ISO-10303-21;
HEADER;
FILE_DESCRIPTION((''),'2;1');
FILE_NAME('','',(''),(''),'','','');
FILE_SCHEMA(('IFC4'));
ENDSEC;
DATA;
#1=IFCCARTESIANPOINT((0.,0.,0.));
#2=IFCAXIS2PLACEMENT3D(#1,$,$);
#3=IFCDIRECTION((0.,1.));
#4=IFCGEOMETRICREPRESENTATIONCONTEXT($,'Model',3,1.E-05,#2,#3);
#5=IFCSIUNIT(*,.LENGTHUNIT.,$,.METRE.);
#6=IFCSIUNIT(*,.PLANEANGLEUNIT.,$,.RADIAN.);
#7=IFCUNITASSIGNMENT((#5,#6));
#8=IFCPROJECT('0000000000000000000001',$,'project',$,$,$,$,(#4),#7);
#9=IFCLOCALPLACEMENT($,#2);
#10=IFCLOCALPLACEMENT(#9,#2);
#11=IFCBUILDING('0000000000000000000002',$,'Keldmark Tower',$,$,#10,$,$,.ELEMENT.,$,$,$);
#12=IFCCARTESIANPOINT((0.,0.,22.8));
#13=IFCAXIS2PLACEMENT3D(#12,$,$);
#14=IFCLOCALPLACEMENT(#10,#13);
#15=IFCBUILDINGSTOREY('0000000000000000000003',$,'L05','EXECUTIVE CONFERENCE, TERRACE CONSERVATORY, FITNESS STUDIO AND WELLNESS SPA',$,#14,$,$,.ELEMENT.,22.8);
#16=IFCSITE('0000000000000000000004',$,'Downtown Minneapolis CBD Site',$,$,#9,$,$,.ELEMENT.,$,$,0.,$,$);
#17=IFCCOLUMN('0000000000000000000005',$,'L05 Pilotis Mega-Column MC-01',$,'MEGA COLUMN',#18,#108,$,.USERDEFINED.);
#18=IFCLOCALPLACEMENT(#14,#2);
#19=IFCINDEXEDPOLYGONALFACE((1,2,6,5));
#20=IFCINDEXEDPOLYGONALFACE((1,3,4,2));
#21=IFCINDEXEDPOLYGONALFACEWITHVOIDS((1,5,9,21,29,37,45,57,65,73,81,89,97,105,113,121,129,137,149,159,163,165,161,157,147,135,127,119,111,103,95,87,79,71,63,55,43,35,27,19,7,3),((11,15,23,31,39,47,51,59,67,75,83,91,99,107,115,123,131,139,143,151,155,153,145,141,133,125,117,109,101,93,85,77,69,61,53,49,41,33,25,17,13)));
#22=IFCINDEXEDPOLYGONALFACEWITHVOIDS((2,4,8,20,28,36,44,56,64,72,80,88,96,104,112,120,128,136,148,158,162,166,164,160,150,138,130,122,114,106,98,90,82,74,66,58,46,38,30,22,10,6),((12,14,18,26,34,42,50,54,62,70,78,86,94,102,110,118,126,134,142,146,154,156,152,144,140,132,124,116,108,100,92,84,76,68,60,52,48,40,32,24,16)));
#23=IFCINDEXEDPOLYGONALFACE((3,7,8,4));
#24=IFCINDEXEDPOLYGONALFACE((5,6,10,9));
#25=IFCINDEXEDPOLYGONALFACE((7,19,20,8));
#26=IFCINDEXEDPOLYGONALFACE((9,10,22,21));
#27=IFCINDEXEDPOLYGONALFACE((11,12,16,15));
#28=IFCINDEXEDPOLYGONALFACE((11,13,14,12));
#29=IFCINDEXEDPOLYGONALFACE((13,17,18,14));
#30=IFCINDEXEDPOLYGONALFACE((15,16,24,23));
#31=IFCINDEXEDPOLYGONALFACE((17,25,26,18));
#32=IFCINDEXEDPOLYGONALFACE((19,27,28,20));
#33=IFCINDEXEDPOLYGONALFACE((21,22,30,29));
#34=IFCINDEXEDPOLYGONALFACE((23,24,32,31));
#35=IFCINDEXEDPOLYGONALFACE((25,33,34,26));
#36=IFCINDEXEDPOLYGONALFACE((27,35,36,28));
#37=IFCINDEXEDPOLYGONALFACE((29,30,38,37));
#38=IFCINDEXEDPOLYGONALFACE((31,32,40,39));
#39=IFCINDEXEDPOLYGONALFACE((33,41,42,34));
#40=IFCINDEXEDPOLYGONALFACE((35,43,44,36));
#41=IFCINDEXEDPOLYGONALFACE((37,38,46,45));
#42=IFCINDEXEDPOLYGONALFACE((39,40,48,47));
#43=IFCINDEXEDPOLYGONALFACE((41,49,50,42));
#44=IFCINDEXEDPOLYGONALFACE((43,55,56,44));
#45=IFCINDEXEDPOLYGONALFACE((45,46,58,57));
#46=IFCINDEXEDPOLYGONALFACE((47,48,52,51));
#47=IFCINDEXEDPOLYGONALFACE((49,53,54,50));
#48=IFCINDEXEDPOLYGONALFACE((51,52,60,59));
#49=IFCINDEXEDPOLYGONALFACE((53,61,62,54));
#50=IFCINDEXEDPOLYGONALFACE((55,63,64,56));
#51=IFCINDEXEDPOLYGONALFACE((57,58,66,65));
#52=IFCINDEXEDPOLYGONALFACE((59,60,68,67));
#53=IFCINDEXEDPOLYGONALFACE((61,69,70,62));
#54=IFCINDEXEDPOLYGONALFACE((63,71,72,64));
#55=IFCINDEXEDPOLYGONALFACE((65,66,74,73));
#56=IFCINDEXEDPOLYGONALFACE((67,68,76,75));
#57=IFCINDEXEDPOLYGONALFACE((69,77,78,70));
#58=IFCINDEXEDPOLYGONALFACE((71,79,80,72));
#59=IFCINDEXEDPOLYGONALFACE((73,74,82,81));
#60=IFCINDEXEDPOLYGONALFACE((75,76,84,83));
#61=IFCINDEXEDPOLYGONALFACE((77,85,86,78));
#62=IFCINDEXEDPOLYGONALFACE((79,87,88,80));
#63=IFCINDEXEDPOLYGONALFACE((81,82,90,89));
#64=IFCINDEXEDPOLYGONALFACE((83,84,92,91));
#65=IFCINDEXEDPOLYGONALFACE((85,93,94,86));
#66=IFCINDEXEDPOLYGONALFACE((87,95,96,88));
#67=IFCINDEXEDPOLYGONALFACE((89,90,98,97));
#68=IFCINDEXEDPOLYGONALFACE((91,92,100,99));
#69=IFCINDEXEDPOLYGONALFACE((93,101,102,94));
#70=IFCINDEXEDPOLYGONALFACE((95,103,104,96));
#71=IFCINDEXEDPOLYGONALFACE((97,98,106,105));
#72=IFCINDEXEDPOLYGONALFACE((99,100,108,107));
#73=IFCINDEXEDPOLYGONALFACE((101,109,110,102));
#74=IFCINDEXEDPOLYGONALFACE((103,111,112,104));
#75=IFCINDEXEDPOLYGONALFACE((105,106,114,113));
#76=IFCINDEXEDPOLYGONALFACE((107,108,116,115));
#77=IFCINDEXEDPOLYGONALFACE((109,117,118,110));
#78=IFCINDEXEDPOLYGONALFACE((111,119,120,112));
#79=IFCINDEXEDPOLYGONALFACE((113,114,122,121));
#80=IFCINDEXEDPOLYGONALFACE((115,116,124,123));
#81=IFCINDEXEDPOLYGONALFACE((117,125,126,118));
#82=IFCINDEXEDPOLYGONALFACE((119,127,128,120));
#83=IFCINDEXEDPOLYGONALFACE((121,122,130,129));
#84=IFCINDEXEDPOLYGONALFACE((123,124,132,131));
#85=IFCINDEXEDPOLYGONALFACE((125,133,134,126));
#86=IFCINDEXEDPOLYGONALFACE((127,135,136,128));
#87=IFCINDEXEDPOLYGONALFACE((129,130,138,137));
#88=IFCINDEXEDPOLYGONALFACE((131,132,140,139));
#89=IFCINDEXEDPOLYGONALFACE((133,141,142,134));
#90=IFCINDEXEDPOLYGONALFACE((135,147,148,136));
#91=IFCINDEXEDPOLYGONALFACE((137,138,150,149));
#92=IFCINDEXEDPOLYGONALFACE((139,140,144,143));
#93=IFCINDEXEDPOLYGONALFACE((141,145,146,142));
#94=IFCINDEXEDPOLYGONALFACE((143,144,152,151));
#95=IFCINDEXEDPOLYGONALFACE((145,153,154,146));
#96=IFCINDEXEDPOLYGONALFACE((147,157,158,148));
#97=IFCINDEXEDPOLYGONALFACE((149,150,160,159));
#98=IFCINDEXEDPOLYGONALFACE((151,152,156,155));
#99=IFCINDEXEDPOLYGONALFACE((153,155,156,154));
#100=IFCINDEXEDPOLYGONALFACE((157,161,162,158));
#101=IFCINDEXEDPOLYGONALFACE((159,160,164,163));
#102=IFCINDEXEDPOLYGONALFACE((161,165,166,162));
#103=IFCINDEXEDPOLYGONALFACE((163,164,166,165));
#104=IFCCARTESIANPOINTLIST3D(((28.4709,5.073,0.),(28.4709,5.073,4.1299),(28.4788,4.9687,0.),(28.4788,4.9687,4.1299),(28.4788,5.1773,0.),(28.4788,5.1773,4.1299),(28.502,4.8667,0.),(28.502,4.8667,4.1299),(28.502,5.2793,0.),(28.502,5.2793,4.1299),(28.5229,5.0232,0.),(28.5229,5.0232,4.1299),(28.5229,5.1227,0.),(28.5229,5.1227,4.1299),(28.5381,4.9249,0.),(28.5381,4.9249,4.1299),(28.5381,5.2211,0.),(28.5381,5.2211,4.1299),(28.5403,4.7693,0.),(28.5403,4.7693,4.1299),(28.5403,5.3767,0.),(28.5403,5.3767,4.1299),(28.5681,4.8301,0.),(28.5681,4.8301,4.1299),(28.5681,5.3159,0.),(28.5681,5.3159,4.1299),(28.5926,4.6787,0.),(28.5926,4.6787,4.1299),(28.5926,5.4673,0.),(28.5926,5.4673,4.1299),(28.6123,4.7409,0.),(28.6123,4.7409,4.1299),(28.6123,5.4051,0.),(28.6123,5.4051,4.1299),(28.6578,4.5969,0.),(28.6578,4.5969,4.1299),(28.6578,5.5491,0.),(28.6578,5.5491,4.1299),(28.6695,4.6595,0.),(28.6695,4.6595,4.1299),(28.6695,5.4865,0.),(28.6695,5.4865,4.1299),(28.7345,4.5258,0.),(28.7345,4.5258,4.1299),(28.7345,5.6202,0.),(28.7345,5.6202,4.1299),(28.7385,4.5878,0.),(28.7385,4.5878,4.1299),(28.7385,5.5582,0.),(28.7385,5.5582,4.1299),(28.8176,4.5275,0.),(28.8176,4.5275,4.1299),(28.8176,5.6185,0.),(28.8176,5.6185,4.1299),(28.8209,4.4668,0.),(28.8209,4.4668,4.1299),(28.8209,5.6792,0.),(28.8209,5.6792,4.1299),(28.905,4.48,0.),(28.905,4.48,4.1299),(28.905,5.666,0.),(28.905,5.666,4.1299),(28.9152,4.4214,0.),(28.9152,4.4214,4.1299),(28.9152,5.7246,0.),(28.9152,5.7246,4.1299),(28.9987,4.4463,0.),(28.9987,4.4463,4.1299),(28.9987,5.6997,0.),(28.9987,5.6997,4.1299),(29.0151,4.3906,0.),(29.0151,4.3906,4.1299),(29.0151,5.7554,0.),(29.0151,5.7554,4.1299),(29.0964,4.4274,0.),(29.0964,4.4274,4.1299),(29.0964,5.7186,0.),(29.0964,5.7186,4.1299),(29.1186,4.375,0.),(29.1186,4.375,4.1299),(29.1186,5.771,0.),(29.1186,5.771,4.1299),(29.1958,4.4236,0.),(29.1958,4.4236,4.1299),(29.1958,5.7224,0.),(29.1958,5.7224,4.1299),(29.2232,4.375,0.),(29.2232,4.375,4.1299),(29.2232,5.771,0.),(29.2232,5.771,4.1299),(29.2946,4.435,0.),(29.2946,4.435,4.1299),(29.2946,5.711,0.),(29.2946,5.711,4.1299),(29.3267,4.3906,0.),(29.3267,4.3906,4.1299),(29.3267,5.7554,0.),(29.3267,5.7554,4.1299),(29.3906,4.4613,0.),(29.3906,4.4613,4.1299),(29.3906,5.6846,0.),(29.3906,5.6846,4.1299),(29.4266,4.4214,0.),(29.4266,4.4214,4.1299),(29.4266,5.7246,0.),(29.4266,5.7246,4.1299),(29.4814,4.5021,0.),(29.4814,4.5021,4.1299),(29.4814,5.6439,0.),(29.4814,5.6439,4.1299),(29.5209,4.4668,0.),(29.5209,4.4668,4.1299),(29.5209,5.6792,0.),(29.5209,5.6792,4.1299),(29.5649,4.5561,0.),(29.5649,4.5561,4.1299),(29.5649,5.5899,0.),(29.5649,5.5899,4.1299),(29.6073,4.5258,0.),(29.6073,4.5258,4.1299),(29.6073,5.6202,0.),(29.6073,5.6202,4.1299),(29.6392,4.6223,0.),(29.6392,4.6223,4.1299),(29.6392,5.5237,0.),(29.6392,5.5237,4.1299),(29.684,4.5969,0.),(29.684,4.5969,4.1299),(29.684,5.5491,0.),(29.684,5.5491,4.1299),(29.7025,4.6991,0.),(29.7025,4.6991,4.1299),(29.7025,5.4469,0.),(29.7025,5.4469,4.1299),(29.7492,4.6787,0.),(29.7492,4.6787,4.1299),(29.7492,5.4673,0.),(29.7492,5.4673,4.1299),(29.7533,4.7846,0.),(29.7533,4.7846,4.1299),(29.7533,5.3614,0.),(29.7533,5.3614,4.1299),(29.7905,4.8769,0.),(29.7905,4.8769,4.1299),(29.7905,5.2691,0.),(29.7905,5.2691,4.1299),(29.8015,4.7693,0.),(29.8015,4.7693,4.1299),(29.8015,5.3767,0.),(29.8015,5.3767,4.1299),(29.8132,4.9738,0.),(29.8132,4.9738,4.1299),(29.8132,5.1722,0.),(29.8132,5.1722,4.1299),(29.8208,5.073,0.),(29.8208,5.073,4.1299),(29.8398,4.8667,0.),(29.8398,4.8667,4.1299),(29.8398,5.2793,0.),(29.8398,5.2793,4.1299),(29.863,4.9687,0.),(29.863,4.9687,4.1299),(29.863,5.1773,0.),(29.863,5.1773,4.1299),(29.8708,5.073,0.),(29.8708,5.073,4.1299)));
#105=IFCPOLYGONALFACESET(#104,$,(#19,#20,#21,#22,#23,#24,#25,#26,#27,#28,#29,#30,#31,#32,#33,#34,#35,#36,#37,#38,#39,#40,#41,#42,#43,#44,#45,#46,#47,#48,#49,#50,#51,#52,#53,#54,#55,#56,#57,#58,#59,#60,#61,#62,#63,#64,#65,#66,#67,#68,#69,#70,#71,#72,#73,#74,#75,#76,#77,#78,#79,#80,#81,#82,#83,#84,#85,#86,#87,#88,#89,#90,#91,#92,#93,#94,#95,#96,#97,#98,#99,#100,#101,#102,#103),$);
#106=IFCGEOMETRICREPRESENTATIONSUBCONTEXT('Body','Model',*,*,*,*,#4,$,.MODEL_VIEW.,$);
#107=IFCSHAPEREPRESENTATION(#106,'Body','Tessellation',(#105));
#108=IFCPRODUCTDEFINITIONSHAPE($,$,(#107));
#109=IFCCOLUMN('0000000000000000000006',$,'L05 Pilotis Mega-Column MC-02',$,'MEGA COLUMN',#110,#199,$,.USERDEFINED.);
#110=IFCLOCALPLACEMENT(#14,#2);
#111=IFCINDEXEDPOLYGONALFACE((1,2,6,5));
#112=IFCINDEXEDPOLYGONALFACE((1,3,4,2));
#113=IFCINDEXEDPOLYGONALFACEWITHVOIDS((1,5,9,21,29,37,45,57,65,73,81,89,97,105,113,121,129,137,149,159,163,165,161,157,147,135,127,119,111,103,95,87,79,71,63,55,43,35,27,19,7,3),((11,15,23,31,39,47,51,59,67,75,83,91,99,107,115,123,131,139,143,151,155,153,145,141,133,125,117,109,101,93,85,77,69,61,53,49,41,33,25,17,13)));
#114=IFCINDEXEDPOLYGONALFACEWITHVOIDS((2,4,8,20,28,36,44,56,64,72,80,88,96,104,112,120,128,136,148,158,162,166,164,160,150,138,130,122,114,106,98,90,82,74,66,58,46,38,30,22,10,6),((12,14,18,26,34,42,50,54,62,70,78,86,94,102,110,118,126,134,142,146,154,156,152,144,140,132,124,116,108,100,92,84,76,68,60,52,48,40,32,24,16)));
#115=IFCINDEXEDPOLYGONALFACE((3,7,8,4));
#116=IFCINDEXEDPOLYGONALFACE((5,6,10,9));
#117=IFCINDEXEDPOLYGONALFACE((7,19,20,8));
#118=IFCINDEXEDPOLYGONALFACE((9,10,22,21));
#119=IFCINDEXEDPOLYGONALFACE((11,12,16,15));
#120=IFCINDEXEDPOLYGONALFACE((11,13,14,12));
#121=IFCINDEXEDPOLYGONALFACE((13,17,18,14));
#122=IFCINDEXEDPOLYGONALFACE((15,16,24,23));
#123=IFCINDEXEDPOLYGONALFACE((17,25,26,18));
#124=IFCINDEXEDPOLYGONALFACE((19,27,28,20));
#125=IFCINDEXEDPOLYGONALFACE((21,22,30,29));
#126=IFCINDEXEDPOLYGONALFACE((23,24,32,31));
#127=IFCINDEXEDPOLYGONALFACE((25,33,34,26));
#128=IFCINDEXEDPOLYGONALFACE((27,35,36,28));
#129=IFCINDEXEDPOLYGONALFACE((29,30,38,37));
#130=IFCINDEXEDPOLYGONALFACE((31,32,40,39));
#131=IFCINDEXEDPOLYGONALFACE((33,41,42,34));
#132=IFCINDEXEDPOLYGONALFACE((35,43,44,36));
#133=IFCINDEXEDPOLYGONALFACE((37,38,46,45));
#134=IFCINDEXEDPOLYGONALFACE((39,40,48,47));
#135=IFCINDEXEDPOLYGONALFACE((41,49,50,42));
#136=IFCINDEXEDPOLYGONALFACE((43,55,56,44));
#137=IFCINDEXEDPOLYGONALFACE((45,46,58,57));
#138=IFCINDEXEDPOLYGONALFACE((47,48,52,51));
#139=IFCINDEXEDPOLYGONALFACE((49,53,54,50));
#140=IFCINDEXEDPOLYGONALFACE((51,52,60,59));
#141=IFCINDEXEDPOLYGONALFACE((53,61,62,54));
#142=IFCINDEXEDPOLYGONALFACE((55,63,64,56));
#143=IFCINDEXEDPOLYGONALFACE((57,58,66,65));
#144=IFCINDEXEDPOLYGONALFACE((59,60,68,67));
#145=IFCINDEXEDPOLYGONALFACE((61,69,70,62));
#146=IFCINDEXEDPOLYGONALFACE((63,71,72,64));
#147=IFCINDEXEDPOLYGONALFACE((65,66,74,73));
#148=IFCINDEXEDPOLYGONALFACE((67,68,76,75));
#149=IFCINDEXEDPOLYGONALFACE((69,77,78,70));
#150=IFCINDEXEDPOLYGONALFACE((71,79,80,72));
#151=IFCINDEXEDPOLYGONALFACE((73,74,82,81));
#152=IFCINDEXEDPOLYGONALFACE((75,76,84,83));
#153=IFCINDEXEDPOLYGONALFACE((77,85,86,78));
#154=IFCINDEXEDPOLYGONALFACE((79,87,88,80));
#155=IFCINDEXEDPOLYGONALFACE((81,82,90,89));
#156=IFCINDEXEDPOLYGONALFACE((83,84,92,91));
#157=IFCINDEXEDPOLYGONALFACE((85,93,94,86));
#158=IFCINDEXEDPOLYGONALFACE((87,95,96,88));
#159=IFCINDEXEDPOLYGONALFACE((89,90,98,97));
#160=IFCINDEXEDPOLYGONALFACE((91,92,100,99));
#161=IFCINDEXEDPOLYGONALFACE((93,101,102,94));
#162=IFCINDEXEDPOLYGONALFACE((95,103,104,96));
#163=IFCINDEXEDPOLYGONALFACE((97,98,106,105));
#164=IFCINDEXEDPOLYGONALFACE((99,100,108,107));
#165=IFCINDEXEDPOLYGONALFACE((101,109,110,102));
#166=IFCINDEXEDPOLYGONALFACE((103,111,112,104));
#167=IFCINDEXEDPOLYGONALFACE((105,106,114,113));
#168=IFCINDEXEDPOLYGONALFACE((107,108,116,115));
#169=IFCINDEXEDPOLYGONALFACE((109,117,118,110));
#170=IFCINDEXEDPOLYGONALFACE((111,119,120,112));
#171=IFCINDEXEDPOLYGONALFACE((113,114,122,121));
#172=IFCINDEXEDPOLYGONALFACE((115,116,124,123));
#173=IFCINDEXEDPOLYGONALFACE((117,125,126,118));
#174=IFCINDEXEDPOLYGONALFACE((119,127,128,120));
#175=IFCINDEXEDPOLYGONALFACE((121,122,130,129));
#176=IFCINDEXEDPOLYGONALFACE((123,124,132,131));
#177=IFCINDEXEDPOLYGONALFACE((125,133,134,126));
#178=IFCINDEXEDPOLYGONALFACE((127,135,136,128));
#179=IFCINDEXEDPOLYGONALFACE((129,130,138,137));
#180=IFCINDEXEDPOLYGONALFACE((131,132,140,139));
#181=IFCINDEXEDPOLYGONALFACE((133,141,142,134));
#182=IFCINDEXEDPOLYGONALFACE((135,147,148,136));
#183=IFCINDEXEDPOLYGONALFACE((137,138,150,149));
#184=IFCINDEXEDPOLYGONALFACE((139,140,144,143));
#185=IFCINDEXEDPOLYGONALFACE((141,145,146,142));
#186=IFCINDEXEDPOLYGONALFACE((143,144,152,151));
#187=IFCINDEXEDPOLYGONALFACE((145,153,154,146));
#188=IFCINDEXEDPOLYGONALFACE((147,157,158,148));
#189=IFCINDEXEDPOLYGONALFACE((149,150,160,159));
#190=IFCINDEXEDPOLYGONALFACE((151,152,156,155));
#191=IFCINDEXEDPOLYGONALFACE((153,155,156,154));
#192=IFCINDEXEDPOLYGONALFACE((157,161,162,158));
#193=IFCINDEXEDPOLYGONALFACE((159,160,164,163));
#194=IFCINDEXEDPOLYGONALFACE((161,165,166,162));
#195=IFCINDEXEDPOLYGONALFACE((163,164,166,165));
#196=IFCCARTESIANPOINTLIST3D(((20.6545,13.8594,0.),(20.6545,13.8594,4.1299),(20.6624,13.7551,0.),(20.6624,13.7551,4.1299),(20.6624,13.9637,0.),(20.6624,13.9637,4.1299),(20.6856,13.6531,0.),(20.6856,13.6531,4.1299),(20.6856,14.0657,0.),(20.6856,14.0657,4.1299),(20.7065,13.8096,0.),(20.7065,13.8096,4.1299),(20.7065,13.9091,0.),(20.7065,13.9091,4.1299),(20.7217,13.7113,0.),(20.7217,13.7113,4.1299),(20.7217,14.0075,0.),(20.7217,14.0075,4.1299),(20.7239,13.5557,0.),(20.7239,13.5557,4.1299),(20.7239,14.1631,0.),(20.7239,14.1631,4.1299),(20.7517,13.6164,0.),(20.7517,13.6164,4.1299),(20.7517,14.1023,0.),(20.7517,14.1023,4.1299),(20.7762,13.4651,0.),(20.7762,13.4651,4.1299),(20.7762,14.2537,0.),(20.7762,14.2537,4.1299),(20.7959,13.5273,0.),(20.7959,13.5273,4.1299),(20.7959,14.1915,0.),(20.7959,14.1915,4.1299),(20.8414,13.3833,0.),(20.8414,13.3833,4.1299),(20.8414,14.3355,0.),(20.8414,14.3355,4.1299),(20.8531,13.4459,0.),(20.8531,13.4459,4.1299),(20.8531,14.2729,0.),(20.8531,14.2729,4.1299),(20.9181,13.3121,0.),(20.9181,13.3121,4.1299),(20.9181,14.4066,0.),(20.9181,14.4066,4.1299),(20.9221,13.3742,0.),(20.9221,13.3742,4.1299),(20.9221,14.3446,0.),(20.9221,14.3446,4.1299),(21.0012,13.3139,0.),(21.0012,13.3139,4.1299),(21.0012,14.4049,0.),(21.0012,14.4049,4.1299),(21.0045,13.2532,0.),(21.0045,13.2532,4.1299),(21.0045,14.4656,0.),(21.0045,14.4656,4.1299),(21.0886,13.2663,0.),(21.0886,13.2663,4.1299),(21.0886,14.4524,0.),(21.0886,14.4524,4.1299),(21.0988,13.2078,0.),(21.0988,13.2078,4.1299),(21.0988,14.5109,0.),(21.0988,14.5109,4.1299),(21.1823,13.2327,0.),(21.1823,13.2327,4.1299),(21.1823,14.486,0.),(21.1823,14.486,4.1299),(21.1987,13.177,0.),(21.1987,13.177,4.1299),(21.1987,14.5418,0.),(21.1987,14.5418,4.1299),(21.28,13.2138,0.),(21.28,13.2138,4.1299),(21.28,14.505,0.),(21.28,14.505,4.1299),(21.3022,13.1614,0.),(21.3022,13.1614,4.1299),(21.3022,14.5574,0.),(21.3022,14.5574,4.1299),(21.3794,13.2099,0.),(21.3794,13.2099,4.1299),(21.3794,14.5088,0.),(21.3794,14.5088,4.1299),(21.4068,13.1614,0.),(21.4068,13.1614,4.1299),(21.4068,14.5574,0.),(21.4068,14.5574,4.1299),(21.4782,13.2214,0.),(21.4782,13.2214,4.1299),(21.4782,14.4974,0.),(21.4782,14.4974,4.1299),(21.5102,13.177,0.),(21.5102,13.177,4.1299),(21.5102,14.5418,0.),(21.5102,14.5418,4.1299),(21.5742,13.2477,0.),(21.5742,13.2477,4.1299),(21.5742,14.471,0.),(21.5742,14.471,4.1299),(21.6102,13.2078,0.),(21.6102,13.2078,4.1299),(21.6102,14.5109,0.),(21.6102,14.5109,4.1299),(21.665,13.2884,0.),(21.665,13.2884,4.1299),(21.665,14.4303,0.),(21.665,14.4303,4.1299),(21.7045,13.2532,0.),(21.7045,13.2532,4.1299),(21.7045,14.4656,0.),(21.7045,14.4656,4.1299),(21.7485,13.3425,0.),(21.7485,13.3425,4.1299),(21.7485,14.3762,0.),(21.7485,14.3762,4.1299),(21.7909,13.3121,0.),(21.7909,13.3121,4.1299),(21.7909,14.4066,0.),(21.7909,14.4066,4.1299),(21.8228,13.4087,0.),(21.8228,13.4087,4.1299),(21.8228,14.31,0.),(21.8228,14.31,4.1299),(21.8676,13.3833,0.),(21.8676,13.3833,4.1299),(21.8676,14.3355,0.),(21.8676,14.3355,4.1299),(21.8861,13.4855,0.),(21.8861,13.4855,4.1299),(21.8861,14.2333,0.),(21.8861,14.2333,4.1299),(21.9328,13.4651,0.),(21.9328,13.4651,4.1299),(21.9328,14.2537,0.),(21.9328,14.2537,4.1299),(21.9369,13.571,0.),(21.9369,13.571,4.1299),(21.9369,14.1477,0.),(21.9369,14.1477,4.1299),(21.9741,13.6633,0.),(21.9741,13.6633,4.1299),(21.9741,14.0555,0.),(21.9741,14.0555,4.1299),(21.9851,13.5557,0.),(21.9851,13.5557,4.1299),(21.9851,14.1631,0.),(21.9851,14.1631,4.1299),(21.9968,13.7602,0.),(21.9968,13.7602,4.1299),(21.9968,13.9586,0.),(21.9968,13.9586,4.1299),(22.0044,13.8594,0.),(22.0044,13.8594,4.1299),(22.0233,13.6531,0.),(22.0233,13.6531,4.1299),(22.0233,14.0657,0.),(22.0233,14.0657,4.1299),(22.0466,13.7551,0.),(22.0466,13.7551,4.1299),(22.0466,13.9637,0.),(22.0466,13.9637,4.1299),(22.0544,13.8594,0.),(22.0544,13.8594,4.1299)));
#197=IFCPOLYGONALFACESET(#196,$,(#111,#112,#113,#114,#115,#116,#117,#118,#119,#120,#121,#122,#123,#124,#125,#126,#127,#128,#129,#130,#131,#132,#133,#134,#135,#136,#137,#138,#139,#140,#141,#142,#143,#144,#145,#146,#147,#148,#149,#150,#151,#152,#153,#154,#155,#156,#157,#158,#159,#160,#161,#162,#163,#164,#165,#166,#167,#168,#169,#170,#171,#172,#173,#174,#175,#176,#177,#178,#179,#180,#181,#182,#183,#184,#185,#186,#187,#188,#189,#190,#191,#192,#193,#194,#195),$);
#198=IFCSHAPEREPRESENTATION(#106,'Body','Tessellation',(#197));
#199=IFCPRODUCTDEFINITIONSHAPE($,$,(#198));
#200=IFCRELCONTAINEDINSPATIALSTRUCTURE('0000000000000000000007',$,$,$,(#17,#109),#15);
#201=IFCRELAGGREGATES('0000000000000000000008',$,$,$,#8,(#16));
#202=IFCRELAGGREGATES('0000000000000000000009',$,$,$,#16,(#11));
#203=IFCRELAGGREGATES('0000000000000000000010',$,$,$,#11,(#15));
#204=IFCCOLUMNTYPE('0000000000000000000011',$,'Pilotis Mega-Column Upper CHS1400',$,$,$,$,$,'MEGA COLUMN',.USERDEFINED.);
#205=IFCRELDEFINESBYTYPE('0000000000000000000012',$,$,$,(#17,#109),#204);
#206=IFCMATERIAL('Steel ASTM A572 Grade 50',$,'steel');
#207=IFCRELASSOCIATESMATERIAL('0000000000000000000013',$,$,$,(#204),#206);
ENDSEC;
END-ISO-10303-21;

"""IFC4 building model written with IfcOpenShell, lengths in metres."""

from ifc_helpers import new_model, si_unit, direction, frame, origin, origin_2d, place, context, subcontext, project, spatial, hollow_circle, extrude, material, material_profile, profile_set, type_object, element, save


model = new_model("IFC4")

# Units and contexts
model_context = context("Model", 3, precision=1e-05, world=origin(), true_north=direction((0.0, 1.0)))
body_context = subcontext(model_context, "Body", "Model", "MODEL_VIEW")
ifc_project = project(units=[si_unit("LENGTHUNIT", "METRE"), si_unit("PLANEANGLEUNIT", "RADIAN")], contexts=[model_context])

# Site, building, storey
site_placement = place(None, origin())
site = spatial("IfcSite", under=ifc_project, at=site_placement, Name="Downtown Minneapolis CBD Site", CompositionType="ELEMENT", RefElevation=0.0)
building_placement = place(site_placement, origin())
building = spatial("IfcBuilding", under=site, at=building_placement, Name="Keldmark Tower", CompositionType="ELEMENT")
storey_placement = place(building_placement, frame((0.0, 0.0, 22.8)))
storey = spatial("IfcBuildingStorey", under=building, at=storey_placement, Name="L05", Description="EXECUTIVE CONFERENCE, TERRACE CONSERVATORY, FITNESS STUDIO AND WELLNESS SPA", CompositionType="ELEMENT", Elevation=22.8)

# Columns
ifc_material_1 = material(Name="Steel ASTM A572 Grade 50", Category="steel")
ifc_material_profile_1 = material_profile(ifc_material_1, hollow_circle(Radius=0.7, WallThickness=0.05, at=origin_2d()), Name="CHS1400X50")
ifc_profile_set_1 = profile_set([ifc_material_profile_1], Name="Steel ASTM A572 Grade 50")
column_type = type_object("IfcColumnType", Name="Pilotis Mega-Column Upper CHS1400", ElementType="MEGA COLUMN", PredefinedType="USERDEFINED", material=ifc_profile_set_1)
for number, where, z_axis, x_axis, name in (
    (1, (29.1709, 5.073, 0.0), (0.0, 0.0, 1.0), (1.0, 0.0, 0.0), "L05 Pilotis Mega-Column MC-01"),
    (2, (21.3545, 13.8594, 0.0), (0.0, 0.0, 1.0), (1.0, 0.0, 0.0), "L05 Pilotis Mega-Column MC-02"),
):
    element("IfcColumn", number, at=place(storey_placement, frame(where, z_axis=z_axis, x_axis=x_axis)), inside=storey, type_object=column_type, Name=name, ObjectType="MEGA COLUMN", PredefinedType="USERDEFINED", context=body_context, shape_type="SweptSolid", body=[
        extrude(hollow_circle(Radius=0.7, WallThickness=0.05, at=origin_2d()), origin(), (0.0, 0.0, 1.0), 4.1299),
    ])

save(model, "model.ifc")
